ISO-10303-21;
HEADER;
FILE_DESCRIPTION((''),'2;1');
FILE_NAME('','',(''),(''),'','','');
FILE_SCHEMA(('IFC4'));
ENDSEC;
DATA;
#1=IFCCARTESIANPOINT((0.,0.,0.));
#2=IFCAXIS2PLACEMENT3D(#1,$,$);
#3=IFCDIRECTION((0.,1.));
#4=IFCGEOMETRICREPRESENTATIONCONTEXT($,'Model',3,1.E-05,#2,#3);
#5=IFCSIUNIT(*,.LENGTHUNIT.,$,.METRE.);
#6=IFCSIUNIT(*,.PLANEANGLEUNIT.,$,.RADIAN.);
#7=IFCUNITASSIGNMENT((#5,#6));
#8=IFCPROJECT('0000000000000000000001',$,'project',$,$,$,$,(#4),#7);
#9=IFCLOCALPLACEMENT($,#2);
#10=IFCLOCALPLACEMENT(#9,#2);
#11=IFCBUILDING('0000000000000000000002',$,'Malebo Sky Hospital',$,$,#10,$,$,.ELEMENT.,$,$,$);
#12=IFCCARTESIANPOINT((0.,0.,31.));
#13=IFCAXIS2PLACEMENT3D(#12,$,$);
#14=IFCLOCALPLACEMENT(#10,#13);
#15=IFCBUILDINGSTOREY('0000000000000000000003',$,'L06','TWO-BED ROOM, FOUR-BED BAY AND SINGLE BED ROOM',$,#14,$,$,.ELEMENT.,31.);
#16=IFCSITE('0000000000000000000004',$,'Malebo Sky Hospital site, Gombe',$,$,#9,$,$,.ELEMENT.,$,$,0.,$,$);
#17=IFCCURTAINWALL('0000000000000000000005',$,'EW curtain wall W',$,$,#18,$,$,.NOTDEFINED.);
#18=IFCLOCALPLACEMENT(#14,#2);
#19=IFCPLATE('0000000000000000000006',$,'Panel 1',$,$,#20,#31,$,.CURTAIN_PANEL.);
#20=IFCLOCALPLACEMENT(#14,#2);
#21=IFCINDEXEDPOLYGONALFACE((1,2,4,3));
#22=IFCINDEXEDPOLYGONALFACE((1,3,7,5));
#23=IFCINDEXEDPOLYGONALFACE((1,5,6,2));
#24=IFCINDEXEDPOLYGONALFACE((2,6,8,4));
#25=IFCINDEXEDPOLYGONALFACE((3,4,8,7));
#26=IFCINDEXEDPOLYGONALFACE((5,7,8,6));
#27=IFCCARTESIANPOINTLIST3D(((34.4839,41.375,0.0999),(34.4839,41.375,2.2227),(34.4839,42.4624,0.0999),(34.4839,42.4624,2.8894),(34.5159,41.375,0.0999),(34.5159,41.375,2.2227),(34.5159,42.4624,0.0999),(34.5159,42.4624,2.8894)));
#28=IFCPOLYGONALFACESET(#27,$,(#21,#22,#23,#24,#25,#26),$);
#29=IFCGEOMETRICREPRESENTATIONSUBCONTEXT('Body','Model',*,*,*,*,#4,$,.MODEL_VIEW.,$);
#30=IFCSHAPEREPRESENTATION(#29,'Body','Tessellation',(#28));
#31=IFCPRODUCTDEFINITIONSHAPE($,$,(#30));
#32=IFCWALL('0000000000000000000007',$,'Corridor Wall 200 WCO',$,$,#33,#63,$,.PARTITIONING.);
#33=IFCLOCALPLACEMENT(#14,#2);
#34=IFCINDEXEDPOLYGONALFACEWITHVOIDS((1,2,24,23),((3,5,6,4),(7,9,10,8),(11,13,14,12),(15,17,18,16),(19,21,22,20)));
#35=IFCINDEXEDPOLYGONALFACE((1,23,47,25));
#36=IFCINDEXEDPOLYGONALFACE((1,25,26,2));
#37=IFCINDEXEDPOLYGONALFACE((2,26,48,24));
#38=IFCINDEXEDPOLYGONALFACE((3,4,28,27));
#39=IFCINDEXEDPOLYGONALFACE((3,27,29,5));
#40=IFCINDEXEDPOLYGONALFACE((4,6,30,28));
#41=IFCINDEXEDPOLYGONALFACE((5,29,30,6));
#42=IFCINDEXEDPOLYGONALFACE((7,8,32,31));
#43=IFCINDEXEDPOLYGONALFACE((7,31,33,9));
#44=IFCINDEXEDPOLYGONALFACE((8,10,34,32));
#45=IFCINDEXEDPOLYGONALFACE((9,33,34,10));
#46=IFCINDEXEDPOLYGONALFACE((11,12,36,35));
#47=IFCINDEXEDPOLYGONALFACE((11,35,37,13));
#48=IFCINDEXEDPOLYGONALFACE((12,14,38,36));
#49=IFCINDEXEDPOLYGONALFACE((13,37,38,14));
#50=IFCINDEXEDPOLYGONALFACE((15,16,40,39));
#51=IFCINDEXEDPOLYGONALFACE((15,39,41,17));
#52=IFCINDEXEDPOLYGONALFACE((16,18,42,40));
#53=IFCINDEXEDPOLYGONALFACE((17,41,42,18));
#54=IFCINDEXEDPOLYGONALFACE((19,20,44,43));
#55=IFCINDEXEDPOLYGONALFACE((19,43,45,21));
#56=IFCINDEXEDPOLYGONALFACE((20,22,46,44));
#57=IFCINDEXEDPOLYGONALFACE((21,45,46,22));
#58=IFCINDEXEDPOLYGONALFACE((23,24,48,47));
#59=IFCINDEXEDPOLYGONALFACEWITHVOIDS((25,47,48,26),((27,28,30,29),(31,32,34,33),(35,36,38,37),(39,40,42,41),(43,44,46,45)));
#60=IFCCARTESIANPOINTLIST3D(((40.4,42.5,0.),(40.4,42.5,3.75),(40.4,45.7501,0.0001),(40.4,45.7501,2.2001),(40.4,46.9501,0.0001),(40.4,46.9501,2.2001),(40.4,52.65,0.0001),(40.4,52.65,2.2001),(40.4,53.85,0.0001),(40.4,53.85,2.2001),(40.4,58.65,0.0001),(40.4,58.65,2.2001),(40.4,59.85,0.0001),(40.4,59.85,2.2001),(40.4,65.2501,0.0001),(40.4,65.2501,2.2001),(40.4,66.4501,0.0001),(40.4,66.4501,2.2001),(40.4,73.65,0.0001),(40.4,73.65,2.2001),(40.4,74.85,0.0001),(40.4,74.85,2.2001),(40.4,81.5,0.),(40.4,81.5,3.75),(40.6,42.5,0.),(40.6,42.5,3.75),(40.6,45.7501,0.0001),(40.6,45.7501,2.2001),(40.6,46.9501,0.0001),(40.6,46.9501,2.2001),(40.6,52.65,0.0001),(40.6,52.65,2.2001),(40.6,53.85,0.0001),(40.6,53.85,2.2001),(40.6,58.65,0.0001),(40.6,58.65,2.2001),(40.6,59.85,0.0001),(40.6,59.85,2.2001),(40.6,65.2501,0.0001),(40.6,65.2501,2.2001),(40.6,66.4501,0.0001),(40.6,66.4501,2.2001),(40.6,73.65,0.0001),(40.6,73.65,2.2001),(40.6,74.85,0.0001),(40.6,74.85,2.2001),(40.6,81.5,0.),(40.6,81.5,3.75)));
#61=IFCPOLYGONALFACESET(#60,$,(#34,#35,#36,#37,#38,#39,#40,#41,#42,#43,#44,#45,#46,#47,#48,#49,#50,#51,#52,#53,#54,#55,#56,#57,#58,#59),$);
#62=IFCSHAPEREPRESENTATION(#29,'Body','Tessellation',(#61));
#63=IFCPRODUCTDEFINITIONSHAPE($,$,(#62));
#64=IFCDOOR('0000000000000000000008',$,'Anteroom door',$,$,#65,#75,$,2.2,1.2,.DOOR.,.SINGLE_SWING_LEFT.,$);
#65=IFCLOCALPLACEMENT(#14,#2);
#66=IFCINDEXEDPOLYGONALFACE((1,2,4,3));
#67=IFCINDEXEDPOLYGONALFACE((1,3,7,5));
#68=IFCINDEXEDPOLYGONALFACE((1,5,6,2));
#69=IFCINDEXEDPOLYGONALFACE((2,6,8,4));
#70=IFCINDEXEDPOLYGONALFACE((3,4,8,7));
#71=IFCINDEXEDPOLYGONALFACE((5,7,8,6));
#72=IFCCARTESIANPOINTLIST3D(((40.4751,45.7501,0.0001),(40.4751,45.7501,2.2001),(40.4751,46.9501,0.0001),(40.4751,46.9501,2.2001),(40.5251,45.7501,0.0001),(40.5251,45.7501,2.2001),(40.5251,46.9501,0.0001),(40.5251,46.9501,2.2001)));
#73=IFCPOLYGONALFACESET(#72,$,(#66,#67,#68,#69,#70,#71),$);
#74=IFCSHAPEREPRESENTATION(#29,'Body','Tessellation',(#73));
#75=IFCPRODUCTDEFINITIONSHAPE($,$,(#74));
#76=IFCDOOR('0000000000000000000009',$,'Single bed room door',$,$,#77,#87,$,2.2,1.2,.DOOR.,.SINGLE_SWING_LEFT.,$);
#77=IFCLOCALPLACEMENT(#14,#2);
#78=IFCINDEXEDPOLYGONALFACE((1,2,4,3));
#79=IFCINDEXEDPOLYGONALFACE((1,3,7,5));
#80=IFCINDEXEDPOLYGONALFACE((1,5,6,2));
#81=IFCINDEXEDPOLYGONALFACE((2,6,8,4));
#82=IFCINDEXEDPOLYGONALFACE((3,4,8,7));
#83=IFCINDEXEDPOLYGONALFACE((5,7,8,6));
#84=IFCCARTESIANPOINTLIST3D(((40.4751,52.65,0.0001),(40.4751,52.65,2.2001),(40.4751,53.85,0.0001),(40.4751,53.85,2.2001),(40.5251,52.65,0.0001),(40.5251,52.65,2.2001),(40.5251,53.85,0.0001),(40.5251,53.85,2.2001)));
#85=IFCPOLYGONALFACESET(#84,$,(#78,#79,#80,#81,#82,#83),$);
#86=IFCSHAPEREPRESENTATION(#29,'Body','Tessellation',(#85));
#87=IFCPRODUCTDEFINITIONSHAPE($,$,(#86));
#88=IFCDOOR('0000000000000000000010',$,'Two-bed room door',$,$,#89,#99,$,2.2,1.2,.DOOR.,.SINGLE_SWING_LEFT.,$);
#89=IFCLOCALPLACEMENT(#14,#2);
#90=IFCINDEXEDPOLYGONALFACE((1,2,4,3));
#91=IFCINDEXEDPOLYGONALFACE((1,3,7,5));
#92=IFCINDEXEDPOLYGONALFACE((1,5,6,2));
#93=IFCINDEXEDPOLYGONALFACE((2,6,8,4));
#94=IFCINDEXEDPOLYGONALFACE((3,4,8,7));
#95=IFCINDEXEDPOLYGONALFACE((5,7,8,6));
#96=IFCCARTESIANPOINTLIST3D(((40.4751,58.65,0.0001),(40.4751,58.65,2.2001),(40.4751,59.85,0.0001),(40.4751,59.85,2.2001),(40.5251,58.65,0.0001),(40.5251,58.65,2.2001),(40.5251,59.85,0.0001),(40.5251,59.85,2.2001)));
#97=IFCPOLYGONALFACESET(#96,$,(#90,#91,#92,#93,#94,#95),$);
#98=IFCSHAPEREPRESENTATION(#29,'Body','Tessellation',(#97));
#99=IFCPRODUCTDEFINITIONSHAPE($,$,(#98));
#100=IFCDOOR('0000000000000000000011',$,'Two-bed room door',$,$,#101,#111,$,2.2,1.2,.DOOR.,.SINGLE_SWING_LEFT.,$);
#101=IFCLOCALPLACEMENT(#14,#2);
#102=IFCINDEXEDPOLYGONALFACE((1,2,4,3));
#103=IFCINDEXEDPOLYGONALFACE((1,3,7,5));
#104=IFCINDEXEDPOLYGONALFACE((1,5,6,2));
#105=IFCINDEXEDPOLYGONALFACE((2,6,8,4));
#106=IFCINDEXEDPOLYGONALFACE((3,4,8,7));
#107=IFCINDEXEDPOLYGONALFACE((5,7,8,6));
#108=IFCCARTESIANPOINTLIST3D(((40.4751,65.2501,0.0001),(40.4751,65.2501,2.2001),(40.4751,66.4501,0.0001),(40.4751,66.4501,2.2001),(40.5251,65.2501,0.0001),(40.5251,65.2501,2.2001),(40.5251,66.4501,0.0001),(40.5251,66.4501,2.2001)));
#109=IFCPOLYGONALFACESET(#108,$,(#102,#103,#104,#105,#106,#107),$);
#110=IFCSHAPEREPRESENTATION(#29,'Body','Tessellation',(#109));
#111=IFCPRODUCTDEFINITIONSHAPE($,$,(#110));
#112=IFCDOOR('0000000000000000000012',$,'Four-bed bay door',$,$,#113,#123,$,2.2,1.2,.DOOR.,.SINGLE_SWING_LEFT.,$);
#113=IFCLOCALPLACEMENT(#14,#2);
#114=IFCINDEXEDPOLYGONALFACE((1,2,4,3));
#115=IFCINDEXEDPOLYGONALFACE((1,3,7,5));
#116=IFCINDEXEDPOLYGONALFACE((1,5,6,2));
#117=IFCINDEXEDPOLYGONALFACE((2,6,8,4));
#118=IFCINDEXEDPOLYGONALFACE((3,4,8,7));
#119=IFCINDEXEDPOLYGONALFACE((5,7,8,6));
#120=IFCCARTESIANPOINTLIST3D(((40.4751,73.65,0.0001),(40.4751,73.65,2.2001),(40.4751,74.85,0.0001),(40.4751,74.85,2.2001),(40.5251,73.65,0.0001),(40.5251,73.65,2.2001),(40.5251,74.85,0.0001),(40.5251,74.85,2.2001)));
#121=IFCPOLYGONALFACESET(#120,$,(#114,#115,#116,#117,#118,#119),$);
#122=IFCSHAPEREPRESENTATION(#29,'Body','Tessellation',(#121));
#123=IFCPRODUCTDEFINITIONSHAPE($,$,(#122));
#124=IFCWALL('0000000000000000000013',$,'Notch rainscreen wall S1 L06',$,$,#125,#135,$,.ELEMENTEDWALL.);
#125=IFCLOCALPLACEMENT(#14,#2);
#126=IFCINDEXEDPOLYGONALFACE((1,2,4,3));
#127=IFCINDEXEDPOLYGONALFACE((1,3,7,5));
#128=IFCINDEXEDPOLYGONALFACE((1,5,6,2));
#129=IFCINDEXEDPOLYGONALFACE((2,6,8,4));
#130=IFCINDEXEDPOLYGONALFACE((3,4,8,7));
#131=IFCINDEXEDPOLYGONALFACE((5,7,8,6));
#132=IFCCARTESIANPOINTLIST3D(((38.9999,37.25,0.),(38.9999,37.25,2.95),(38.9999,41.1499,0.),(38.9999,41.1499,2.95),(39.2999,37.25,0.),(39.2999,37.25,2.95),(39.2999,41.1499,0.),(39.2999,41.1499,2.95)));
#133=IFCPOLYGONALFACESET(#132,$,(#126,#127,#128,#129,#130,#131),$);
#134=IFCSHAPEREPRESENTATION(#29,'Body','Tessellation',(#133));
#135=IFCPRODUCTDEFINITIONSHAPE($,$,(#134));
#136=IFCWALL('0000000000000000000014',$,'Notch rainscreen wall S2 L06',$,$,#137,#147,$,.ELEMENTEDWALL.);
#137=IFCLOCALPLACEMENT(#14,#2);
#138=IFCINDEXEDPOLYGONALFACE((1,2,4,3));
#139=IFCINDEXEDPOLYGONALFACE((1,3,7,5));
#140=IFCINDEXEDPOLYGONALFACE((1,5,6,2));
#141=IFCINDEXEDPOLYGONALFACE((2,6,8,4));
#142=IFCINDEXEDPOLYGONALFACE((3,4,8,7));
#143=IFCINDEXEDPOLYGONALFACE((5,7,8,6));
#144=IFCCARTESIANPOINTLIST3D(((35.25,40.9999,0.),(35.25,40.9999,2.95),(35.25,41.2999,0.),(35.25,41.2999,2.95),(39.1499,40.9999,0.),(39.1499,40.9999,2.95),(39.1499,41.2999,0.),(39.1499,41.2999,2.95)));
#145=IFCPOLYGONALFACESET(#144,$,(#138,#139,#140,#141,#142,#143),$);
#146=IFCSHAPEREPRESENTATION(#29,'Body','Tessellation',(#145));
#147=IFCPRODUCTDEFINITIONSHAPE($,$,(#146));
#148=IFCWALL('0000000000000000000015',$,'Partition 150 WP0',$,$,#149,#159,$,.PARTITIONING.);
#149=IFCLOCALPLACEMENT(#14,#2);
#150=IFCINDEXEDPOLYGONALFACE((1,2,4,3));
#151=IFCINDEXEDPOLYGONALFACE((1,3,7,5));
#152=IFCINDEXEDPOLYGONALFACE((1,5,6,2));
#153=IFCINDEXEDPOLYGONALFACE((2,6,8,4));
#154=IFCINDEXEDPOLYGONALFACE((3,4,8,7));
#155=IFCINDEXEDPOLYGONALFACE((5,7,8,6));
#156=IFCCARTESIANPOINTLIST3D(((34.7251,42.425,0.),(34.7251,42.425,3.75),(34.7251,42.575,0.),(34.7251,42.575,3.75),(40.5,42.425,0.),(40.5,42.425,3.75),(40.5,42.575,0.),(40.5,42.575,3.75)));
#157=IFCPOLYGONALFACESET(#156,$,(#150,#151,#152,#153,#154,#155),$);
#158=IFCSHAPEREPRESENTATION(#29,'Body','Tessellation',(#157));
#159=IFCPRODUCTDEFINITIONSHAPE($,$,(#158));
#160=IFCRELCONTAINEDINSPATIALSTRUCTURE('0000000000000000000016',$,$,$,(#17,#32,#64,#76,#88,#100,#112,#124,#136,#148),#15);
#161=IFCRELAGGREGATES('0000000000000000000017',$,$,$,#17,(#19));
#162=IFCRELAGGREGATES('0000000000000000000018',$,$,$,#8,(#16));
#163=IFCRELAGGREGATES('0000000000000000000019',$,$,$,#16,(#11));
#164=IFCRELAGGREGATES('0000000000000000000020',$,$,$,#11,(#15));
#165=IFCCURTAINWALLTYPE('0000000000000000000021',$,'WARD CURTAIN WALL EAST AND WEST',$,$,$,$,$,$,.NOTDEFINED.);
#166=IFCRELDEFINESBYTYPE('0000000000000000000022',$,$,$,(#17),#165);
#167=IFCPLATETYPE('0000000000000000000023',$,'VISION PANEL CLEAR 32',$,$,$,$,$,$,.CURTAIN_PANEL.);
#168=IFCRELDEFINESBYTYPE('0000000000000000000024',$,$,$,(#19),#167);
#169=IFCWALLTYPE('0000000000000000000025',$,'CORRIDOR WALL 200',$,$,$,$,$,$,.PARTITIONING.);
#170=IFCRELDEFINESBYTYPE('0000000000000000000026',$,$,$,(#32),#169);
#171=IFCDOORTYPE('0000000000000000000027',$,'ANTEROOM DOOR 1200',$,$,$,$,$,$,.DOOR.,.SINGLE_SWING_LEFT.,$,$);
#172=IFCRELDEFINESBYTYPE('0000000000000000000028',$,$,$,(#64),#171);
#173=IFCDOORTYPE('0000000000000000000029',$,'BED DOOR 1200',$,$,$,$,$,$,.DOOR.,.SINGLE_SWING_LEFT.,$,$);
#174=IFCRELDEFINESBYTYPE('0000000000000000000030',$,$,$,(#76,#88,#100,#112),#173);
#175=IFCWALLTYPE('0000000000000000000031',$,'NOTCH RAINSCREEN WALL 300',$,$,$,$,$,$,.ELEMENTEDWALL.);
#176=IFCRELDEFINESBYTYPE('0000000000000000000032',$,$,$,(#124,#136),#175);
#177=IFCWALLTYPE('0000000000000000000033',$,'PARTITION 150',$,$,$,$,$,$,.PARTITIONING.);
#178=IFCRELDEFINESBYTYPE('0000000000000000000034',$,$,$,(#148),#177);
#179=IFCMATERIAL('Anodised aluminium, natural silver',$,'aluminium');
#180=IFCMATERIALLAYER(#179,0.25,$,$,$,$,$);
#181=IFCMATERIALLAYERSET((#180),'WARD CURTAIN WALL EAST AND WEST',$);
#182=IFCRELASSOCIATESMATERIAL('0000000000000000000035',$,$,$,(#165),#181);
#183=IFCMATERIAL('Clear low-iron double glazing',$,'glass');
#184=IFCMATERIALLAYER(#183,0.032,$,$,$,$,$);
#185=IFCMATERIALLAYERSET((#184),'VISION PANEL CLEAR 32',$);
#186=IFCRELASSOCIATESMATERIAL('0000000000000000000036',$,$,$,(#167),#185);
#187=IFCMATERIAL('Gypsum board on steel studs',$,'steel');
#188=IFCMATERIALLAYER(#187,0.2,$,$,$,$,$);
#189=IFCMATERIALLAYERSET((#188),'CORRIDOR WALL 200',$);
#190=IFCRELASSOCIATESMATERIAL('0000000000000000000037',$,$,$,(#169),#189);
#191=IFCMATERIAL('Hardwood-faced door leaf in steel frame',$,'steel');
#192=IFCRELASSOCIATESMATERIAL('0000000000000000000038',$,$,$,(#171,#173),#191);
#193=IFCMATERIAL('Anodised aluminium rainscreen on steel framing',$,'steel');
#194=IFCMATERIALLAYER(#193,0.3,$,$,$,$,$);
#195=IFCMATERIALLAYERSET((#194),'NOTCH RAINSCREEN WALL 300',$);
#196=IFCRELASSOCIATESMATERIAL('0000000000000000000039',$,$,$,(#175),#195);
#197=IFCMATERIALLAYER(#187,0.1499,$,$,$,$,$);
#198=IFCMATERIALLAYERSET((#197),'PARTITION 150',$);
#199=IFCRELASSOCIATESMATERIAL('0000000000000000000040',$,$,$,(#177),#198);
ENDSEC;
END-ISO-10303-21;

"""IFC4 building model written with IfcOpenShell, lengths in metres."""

from ifc_helpers import new_model, si_unit, direction, frame, frame_2d, origin, place, context, subcontext, project, spatial, polyline, rectangle, outline, extrude, material, layer, layer_set, type_object, element, fill, aggregate, save


model = new_model("IFC4")

# Units and contexts
model_context = context("Model", 3, precision=1e-05, world=origin(), true_north=direction((0.0, 1.0)))
body_context = subcontext(model_context, "Body", "Model", "MODEL_VIEW")
ifc_project = project(units=[si_unit("LENGTHUNIT", "METRE"), si_unit("PLANEANGLEUNIT", "RADIAN")], contexts=[model_context])

# Site, building, storey
site_placement = place(None, origin())
site = spatial("IfcSite", under=ifc_project, at=site_placement, Name="Malebo Sky Hospital site, Gombe", CompositionType="ELEMENT", RefElevation=0.0)
building_placement = place(site_placement, origin())
building = spatial("IfcBuilding", under=site, at=building_placement, Name="Malebo Sky Hospital", CompositionType="ELEMENT")
storey_placement = place(building_placement, frame((0.0, 0.0, 31.0)))
storey = spatial("IfcBuildingStorey", under=building, at=storey_placement, Name="L06", Description="TWO-BED ROOM, FOUR-BED BAY AND SINGLE BED ROOM", CompositionType="ELEMENT", Elevation=31.0)

# Curtain wall
ifc_material_1 = material(Name="Anodised aluminium, natural silver", Category="aluminium")
ifc_layer_1 = layer(ifc_material_1, 0.25)
ifc_layer_set_1 = layer_set([ifc_layer_1], Name="WARD CURTAIN WALL EAST AND WEST")
curtain_wall_type = type_object("IfcCurtainWallType", Name="WARD CURTAIN WALL EAST AND WEST", PredefinedType="NOTDEFINED", material=ifc_layer_set_1)
curtain_wall_placement = place(storey_placement, origin())
curtain_wall = element("IfcCurtainWall", 1, at=curtain_wall_placement, inside=storey, type_object=curtain_wall_type, Name="EW curtain wall W", PredefinedType="NOTDEFINED")

# Plate
ifc_material_2 = material(Name="Clear low-iron double glazing", Category="glass")
ifc_layer_2 = layer(ifc_material_2, 0.032)
ifc_layer_set_2 = layer_set([ifc_layer_2], Name="VISION PANEL CLEAR 32")
plate_type = type_object("IfcPlateType", Name="VISION PANEL CLEAR 32", PredefinedType="CURTAIN_PANEL", material=ifc_layer_set_2)
plate_placement = place(storey_placement, frame((34.5, 41.9187, 0.0999), z_axis=(0.0, 0.0, 1.0), x_axis=(0.0, 1.0, 0.0)))
plate = element("IfcPlate", 2, at=plate_placement, type_object=plate_type, Name="Panel 1", PredefinedType="CURTAIN_PANEL", context=body_context, shape_type="SweptSolid", body=[
    extrude(outline(polyline([(-0.5437, 0.0), (0.5437, 0.0), (0.5437, 2.7896), (-0.5437, 2.1228), (-0.5437, 0.0)])), frame((0.0, 0.0161, 0.0), z_axis=(0.0, -1.0, 0.0), x_axis=(1.0, 0.0, 0.0)), (0.0, 0.0, 1.0), 0.032),
])
aggregate(curtain_wall, [plate])

# Wall, openings, doors
ifc_material_3 = material(Name="Gypsum board on steel studs", Category="steel")
ifc_layer_3 = layer(ifc_material_3, 0.2)
ifc_layer_set_3 = layer_set([ifc_layer_3], Name="CORRIDOR WALL 200")
wall_type_1 = type_object("IfcWallType", Name="CORRIDOR WALL 200", PredefinedType="PARTITIONING", material=ifc_layer_set_3)
wall_1_placement = place(storey_placement, frame((40.5, 42.5, 0.0), z_axis=(0.0, 0.0, 1.0), x_axis=(0.0, 1.0, 0.0)))
wall_1 = element("IfcWall", 3, at=wall_1_placement, inside=storey, type_object=wall_type_1, Name="Corridor Wall 200 WCO", PredefinedType="PARTITIONING", context=body_context, shape_type="SweptSolid", body=[
    extrude(rectangle(XDim=39.0, YDim=0.2, at=frame_2d((19.5, 0.0))), origin(), (0.0, 0.0, 1.0), 3.75),
])
opening_1_placement = place(wall_1_placement, frame((3.25, 0.0, 0.0)))
opening_1 = element("IfcOpeningElement", 4, at=opening_1_placement, cuts=wall_1, PredefinedType="OPENING", context=body_context, shape_type="SweptSolid", body=[
    extrude(rectangle(XDim=1.2, YDim=2.2, at=frame_2d((0.6001, 1.1001))), frame((0.0, 0.1099, 0.0), z_axis=(0.0, -1.0, 0.0), x_axis=(1.0, 0.0, 0.0)), (0.0, 0.0, 1.0), 0.22),
])
opening_2_placement = place(wall_1_placement, frame((10.1499, 0.0, 0.0)))
opening_2 = element("IfcOpeningElement", 5, at=opening_2_placement, cuts=wall_1, PredefinedType="OPENING", context=body_context, shape_type="SweptSolid", body=[
    extrude(rectangle(XDim=1.2, YDim=2.2, at=frame_2d((0.6001, 1.1001))), frame((0.0, 0.1099, 0.0), z_axis=(0.0, -1.0, 0.0), x_axis=(1.0, 0.0, 0.0)), (0.0, 0.0, 1.0), 0.22),
])
opening_3_placement = place(wall_1_placement, frame((16.1499, 0.0, 0.0)))
opening_3 = element("IfcOpeningElement", 6, at=opening_3_placement, cuts=wall_1, PredefinedType="OPENING", context=body_context, shape_type="SweptSolid", body=[
    extrude(rectangle(XDim=1.2, YDim=2.2, at=frame_2d((0.6001, 1.1001))), frame((0.0, 0.1099, 0.0), z_axis=(0.0, -1.0, 0.0), x_axis=(1.0, 0.0, 0.0)), (0.0, 0.0, 1.0), 0.22),
])
opening_4_placement = place(wall_1_placement, frame((22.75, 0.0, 0.0)))
opening_4 = element("IfcOpeningElement", 7, at=opening_4_placement, cuts=wall_1, PredefinedType="OPENING", context=body_context, shape_type="SweptSolid", body=[
    extrude(rectangle(XDim=1.2, YDim=2.2, at=frame_2d((0.6001, 1.1001))), frame((0.0, 0.1099, 0.0), z_axis=(0.0, -1.0, 0.0), x_axis=(1.0, 0.0, 0.0)), (0.0, 0.0, 1.0), 0.22),
])
opening_5_placement = place(wall_1_placement, frame((31.1499, 0.0, 0.0)))
opening_5 = element("IfcOpeningElement", 8, at=opening_5_placement, cuts=wall_1, PredefinedType="OPENING", context=body_context, shape_type="SweptSolid", body=[
    extrude(rectangle(XDim=1.2, YDim=2.2, at=frame_2d((0.6001, 1.1001))), frame((0.0, 0.1099, 0.0), z_axis=(0.0, -1.0, 0.0), x_axis=(1.0, 0.0, 0.0)), (0.0, 0.0, 1.0), 0.22),
])
ifc_material_4 = material(Name="Hardwood-faced door leaf in steel frame", Category="steel")
door_type_1 = type_object("IfcDoorType", Name="ANTEROOM DOOR 1200", OperationType="SINGLE_SWING_LEFT", PredefinedType="DOOR", material=ifc_material_4)
door_1_placement = place(opening_1_placement, origin())
door_1 = element("IfcDoor", 9, at=door_1_placement, inside=storey, type_object=door_type_1, Name="Anteroom door", OperationType="SINGLE_SWING_LEFT", OverallHeight=2.2, OverallWidth=1.2, PredefinedType="DOOR", context=body_context, shape_type="SweptSolid", body=[
    extrude(rectangle(XDim=1.2, YDim=2.2, at=frame_2d((0.6001, 1.1001))), frame((0.0, 0.0249, 0.0), z_axis=(0.0, -1.0, 0.0), x_axis=(1.0, 0.0, 0.0)), (0.0, 0.0, 1.0), 0.05),
])
fill(opening_1, door_1)
door_type_2 = type_object("IfcDoorType", Name="BED DOOR 1200", OperationType="SINGLE_SWING_LEFT", PredefinedType="DOOR", material=ifc_material_4)
door_2_placement = place(opening_2_placement, origin())
door_2 = element("IfcDoor", 10, at=door_2_placement, inside=storey, type_object=door_type_2, Name="Single bed room door", OperationType="SINGLE_SWING_LEFT", OverallHeight=2.2, OverallWidth=1.2, PredefinedType="DOOR", context=body_context, shape_type="SweptSolid", body=[
    extrude(rectangle(XDim=1.2, YDim=2.2, at=frame_2d((0.6001, 1.1001))), frame((0.0, 0.0249, 0.0), z_axis=(0.0, -1.0, 0.0), x_axis=(1.0, 0.0, 0.0)), (0.0, 0.0, 1.0), 0.05),
])
fill(opening_2, door_2)
door_3_placement = place(opening_3_placement, origin())
door_3 = element("IfcDoor", 11, at=door_3_placement, inside=storey, type_object=door_type_2, Name="Two-bed room door", OperationType="SINGLE_SWING_LEFT", OverallHeight=2.2, OverallWidth=1.2, PredefinedType="DOOR", context=body_context, shape_type="SweptSolid", body=[
    extrude(rectangle(XDim=1.2, YDim=2.2, at=frame_2d((0.6001, 1.1001))), frame((0.0, 0.0249, 0.0), z_axis=(0.0, -1.0, 0.0), x_axis=(1.0, 0.0, 0.0)), (0.0, 0.0, 1.0), 0.05),
])
fill(opening_3, door_3)
door_4_placement = place(opening_4_placement, origin())
door_4 = element("IfcDoor", 12, at=door_4_placement, inside=storey, type_object=door_type_2, Name="Two-bed room door", OperationType="SINGLE_SWING_LEFT", OverallHeight=2.2, OverallWidth=1.2, PredefinedType="DOOR", context=body_context, shape_type="SweptSolid", body=[
    extrude(rectangle(XDim=1.2, YDim=2.2, at=frame_2d((0.6001, 1.1001))), frame((0.0, 0.0249, 0.0), z_axis=(0.0, -1.0, 0.0), x_axis=(1.0, 0.0, 0.0)), (0.0, 0.0, 1.0), 0.05),
])
fill(opening_4, door_4)
door_5_placement = place(opening_5_placement, origin())
door_5 = element("IfcDoor", 13, at=door_5_placement, inside=storey, type_object=door_type_2, Name="Four-bed bay door", OperationType="SINGLE_SWING_LEFT", OverallHeight=2.2, OverallWidth=1.2, PredefinedType="DOOR", context=body_context, shape_type="SweptSolid", body=[
    extrude(rectangle(XDim=1.2, YDim=2.2, at=frame_2d((0.6001, 1.1001))), frame((0.0, 0.0249, 0.0), z_axis=(0.0, -1.0, 0.0), x_axis=(1.0, 0.0, 0.0)), (0.0, 0.0, 1.0), 0.05),
])
fill(opening_5, door_5)

# Walls
ifc_material_5 = material(Name="Anodised aluminium rainscreen on steel framing", Category="steel")
ifc_layer_4 = layer(ifc_material_5, 0.3)
ifc_layer_set_4 = layer_set([ifc_layer_4], Name="NOTCH RAINSCREEN WALL 300")
wall_type_2 = type_object("IfcWallType", Name="NOTCH RAINSCREEN WALL 300", PredefinedType="ELEMENTEDWALL", material=ifc_layer_set_4)
for number, where, z_axis, x_axis, name in (
    (14, (39.1499, 37.25, 0.0), (0.0, 0.0, 1.0), (0.0, 1.0, 0.0), "Notch rainscreen wall S1 L06"),
    (15, (39.1499, 41.1499, 0.0), (0.0, 0.0, 1.0), (-1.0, 0.0, 0.0), "Notch rainscreen wall S2 L06"),
):
    element("IfcWall", number, at=place(storey_placement, frame(where, z_axis=z_axis, x_axis=x_axis)), inside=storey, type_object=wall_type_2, Name=name, PredefinedType="ELEMENTEDWALL", context=body_context, shape_type="SweptSolid", body=[
        extrude(rectangle(XDim=3.8999, YDim=0.3, at=frame_2d((1.95, 0.0))), origin(), (0.0, 0.0, 1.0), 2.95),
    ])
ifc_layer_5 = layer(ifc_material_3, 0.1499)
ifc_layer_set_5 = layer_set([ifc_layer_5], Name="PARTITION 150")
wall_type_3 = type_object("IfcWallType", Name="PARTITION 150", PredefinedType="PARTITIONING", material=ifc_layer_set_5)
wall_2_placement = place(storey_placement, frame((40.5, 42.5, 0.0), z_axis=(0.0, 0.0, 1.0), x_axis=(-1.0, 0.0, 0.0)))
element("IfcWall", 16, at=wall_2_placement, inside=storey, type_object=wall_type_3, Name="Partition 150 WP0", PredefinedType="PARTITIONING", context=body_context, shape_type="SweptSolid", body=[
    extrude(rectangle(XDim=5.7749, YDim=0.1499, at=frame_2d((2.8875, 0.0))), origin(), (0.0, 0.0, 1.0), 3.75),
])

save(model, "model.ifc")
